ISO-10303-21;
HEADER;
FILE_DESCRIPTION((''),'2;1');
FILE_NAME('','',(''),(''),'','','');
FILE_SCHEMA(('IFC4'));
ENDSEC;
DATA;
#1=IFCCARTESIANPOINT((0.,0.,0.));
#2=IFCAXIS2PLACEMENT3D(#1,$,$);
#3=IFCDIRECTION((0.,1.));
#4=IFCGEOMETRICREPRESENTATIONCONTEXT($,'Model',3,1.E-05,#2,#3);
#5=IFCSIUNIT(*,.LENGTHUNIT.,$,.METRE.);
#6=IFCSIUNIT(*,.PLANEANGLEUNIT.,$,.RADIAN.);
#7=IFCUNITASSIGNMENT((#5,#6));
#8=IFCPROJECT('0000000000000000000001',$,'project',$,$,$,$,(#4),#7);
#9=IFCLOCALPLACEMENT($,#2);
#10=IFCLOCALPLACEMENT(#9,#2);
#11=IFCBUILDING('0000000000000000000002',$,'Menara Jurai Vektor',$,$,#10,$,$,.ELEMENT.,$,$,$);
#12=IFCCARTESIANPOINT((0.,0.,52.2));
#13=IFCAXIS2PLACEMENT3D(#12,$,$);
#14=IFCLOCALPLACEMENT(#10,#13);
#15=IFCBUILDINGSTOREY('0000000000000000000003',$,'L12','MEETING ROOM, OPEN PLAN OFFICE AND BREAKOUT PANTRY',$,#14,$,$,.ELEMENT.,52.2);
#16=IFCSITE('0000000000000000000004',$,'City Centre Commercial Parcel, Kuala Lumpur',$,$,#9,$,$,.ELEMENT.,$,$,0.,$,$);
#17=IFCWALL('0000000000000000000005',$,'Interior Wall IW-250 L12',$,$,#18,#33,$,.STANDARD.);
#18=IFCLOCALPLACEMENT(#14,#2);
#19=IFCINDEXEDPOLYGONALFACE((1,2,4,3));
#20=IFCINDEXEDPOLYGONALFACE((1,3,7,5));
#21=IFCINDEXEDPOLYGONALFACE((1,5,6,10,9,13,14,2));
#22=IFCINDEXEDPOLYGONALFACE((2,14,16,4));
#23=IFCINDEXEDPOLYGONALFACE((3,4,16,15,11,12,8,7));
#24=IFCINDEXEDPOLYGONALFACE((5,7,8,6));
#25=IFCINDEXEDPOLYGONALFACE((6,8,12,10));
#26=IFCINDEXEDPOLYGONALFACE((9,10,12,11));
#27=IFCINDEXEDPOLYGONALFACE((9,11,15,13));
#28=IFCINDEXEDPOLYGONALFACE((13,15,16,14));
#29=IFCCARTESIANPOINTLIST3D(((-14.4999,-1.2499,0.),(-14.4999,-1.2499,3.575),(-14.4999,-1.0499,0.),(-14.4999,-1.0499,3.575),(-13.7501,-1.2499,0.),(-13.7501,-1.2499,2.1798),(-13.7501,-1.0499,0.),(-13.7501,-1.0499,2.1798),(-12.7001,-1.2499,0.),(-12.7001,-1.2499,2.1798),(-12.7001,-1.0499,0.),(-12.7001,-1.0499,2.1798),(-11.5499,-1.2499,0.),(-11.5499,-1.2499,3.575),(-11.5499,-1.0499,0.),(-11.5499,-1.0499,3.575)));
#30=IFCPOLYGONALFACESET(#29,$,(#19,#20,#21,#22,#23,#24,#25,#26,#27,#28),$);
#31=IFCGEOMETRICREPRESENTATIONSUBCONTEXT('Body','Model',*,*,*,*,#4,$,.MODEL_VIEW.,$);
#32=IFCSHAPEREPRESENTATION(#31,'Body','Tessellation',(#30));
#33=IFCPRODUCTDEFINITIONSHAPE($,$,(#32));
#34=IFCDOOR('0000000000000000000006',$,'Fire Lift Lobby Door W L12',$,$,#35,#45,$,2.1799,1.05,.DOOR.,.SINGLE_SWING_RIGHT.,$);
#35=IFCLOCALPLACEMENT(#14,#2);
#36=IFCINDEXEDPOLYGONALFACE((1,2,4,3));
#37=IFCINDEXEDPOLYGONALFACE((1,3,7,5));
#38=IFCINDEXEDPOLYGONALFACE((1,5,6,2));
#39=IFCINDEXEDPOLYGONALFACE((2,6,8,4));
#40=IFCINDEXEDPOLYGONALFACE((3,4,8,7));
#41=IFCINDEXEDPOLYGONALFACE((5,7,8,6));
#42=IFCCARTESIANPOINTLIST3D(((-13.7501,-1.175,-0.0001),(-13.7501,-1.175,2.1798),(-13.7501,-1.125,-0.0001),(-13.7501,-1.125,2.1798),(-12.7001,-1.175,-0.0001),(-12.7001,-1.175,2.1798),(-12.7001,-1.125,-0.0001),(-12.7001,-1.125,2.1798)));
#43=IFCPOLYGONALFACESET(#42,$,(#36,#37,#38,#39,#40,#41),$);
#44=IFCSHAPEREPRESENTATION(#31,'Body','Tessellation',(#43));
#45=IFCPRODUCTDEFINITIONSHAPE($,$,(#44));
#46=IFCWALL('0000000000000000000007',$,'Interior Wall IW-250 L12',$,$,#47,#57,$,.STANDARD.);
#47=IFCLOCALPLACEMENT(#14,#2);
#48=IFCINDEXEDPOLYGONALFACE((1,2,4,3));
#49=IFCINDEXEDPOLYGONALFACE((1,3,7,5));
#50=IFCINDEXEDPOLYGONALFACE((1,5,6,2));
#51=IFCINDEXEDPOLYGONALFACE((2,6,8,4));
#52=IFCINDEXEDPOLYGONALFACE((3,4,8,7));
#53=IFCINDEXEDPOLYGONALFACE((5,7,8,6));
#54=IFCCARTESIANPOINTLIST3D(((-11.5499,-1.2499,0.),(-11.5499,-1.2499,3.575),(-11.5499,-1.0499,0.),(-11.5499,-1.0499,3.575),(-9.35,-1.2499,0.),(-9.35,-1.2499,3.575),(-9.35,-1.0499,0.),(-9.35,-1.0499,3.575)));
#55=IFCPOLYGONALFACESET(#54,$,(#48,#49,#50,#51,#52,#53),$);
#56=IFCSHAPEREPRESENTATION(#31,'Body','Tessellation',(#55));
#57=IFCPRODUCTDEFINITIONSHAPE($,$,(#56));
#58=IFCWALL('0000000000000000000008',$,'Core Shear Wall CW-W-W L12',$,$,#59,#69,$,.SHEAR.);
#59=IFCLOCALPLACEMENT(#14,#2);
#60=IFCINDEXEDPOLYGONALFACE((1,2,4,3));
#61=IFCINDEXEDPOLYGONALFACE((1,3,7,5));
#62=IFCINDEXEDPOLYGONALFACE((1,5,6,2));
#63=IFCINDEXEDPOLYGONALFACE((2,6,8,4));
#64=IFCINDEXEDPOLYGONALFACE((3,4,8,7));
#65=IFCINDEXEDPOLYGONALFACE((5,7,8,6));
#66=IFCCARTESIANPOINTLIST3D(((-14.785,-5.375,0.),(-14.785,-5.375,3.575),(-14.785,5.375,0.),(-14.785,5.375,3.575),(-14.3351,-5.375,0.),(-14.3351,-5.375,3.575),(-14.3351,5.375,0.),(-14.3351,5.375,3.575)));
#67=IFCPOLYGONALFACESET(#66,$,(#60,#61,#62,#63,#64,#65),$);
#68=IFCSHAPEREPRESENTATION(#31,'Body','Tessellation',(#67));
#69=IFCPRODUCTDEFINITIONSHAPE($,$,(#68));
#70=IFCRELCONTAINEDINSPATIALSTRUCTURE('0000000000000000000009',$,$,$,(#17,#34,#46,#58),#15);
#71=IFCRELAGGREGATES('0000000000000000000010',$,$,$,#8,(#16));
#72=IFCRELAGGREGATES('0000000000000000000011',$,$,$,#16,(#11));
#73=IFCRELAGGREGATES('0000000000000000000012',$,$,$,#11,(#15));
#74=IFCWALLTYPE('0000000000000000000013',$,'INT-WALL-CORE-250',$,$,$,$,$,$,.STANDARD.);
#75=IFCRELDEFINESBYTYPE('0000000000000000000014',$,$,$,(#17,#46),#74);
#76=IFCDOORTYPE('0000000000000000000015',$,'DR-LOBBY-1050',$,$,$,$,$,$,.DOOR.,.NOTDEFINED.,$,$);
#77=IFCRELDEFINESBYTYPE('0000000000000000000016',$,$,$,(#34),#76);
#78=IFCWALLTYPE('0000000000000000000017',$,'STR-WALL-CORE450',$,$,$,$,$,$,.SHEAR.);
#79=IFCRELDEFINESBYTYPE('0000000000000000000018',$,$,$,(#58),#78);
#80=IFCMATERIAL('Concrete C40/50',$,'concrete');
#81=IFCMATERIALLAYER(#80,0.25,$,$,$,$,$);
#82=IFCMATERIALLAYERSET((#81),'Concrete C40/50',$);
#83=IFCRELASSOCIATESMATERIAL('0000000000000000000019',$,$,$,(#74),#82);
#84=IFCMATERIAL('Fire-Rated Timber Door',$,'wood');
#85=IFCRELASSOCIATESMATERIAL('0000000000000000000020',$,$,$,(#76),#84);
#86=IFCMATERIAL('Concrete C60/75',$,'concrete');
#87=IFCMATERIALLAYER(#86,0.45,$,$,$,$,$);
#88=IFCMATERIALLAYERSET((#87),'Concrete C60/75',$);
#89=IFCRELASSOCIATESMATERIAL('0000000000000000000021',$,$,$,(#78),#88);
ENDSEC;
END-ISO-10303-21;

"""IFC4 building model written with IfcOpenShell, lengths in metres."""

from ifc_helpers import new_model, si_unit, direction, frame, frame_2d, origin, place, context, subcontext, project, spatial, rectangle, extrude, material, layer, layer_set, type_object, element, fill, save


model = new_model("IFC4")

# Units and contexts
model_context = context("Model", 3, precision=1e-05, world=origin(), true_north=direction((0.0, 1.0)))
body_context = subcontext(model_context, "Body", "Model", "MODEL_VIEW")
ifc_project = project(units=[si_unit("LENGTHUNIT", "METRE"), si_unit("PLANEANGLEUNIT", "RADIAN")], contexts=[model_context])

# Site, building, storey
site_placement = place(None, origin())
site = spatial("IfcSite", under=ifc_project, at=site_placement, Name="City Centre Commercial Parcel, Kuala Lumpur", CompositionType="ELEMENT", RefElevation=0.0)
building_placement = place(site_placement, origin())
building = spatial("IfcBuilding", under=site, at=building_placement, Name="Menara Jurai Vektor", CompositionType="ELEMENT")
storey_placement = place(building_placement, frame((0.0, 0.0, 52.2)))
storey = spatial("IfcBuildingStorey", under=building, at=storey_placement, Name="L12", Description="MEETING ROOM, OPEN PLAN OFFICE AND BREAKOUT PANTRY", CompositionType="ELEMENT", Elevation=52.2)

# Shared definitions
ifc_material_1 = material(Name="Concrete C60/75", Category="concrete")

# Shared definitions
ifc_material_2 = material(Name="Concrete C40/50", Category="concrete")
ifc_layer_1 = layer(ifc_material_2, 0.25)
ifc_layer_set_1 = layer_set([ifc_layer_1], Name="Concrete C40/50")
wall_type_1 = type_object("IfcWallType", Name="INT-WALL-CORE-250", PredefinedType="STANDARD", material=ifc_layer_set_1)

# Wall, opening, door
wall_1_placement = place(storey_placement, frame((-14.5, -1.1499, 0.0), z_axis=(0.0, 0.0, 1.0), x_axis=(1.0, 0.0, 0.0)))
wall_1 = element("IfcWall", 1, at=wall_1_placement, inside=storey, type_object=wall_type_1, Name="Interior Wall IW-250 L12", PredefinedType="STANDARD", context=body_context, shape_type="SweptSolid", body=[
    extrude(rectangle(XDim=2.95, YDim=0.2, at=frame_2d((1.4751, 0.0))), origin(), (0.0, 0.0, 1.0), 3.575),
])
opening_1_placement = place(wall_1_placement, frame((0.75, 0.0, 0.0)))
opening_1 = element("IfcOpeningElement", 2, at=opening_1_placement, cuts=wall_1, PredefinedType="OPENING", context=body_context, shape_type="SweptSolid", body=[
    extrude(rectangle(XDim=1.05, YDim=2.1799, at=frame_2d((0.5249, 1.0898))), frame((0.0, 0.1099, 0.0), z_axis=(0.0, -1.0, 0.0), x_axis=(1.0, 0.0, 0.0)), (0.0, 0.0, 1.0), 0.22),
])
ifc_material_3 = material(Name="Fire-Rated Timber Door", Category="wood")
door_type_1 = type_object("IfcDoorType", Name="DR-LOBBY-1050", OperationType="NOTDEFINED", PredefinedType="DOOR", material=ifc_material_3)
door_1_placement = place(opening_1_placement, origin())
door_1 = element("IfcDoor", 3, at=door_1_placement, inside=storey, type_object=door_type_1, Name="Fire Lift Lobby Door W L12", OperationType="SINGLE_SWING_RIGHT", OverallHeight=2.1799, OverallWidth=1.05, PredefinedType="DOOR", context=body_context, shape_type="SweptSolid", body=[
    extrude(rectangle(XDim=1.05, YDim=2.1799, at=frame_2d((0.5249, 1.0898))), frame((0.0, 0.0249, 0.0), z_axis=(0.0, -1.0, 0.0), x_axis=(1.0, 0.0, 0.0)), (0.0, 0.0, 1.0), 0.05),
])
fill(opening_1, door_1)

# Wall
wall_2_placement = place(storey_placement, frame((-11.55, -1.1499, 0.0), z_axis=(0.0, 0.0, 1.0), x_axis=(1.0, 0.0, 0.0)))
element("IfcWall", 4, at=wall_2_placement, inside=storey, type_object=wall_type_1, Name="Interior Wall IW-250 L12", PredefinedType="STANDARD", context=body_context, shape_type="SweptSolid", body=[
    extrude(rectangle(XDim=2.2, YDim=0.2, at=frame_2d((1.1001, 0.0))), origin(), (0.0, 0.0, 1.0), 3.575),
])

# Wall
ifc_layer_2 = layer(ifc_material_1, 0.45)
ifc_layer_set_2 = layer_set([ifc_layer_2], Name="Concrete C60/75")
wall_type_2 = type_object("IfcWallType", Name="STR-WALL-CORE450", PredefinedType="SHEAR", material=ifc_layer_set_2)
wall_3_placement = place(storey_placement, frame((-14.5601, -5.375, 0.0), z_axis=(0.0, 0.0, 1.0), x_axis=(0.0, 1.0, 0.0)))
element("IfcWall", 5, at=wall_3_placement, inside=storey, type_object=wall_type_2, Name="Core Shear Wall CW-W-W L12", PredefinedType="SHEAR", context=body_context, shape_type="SweptSolid", body=[
    extrude(rectangle(XDim=10.75, YDim=0.45, at=frame_2d((5.375, 0.0))), origin(), (0.0, 0.0, 1.0), 3.575),
])

save(model, "model.ifc")
